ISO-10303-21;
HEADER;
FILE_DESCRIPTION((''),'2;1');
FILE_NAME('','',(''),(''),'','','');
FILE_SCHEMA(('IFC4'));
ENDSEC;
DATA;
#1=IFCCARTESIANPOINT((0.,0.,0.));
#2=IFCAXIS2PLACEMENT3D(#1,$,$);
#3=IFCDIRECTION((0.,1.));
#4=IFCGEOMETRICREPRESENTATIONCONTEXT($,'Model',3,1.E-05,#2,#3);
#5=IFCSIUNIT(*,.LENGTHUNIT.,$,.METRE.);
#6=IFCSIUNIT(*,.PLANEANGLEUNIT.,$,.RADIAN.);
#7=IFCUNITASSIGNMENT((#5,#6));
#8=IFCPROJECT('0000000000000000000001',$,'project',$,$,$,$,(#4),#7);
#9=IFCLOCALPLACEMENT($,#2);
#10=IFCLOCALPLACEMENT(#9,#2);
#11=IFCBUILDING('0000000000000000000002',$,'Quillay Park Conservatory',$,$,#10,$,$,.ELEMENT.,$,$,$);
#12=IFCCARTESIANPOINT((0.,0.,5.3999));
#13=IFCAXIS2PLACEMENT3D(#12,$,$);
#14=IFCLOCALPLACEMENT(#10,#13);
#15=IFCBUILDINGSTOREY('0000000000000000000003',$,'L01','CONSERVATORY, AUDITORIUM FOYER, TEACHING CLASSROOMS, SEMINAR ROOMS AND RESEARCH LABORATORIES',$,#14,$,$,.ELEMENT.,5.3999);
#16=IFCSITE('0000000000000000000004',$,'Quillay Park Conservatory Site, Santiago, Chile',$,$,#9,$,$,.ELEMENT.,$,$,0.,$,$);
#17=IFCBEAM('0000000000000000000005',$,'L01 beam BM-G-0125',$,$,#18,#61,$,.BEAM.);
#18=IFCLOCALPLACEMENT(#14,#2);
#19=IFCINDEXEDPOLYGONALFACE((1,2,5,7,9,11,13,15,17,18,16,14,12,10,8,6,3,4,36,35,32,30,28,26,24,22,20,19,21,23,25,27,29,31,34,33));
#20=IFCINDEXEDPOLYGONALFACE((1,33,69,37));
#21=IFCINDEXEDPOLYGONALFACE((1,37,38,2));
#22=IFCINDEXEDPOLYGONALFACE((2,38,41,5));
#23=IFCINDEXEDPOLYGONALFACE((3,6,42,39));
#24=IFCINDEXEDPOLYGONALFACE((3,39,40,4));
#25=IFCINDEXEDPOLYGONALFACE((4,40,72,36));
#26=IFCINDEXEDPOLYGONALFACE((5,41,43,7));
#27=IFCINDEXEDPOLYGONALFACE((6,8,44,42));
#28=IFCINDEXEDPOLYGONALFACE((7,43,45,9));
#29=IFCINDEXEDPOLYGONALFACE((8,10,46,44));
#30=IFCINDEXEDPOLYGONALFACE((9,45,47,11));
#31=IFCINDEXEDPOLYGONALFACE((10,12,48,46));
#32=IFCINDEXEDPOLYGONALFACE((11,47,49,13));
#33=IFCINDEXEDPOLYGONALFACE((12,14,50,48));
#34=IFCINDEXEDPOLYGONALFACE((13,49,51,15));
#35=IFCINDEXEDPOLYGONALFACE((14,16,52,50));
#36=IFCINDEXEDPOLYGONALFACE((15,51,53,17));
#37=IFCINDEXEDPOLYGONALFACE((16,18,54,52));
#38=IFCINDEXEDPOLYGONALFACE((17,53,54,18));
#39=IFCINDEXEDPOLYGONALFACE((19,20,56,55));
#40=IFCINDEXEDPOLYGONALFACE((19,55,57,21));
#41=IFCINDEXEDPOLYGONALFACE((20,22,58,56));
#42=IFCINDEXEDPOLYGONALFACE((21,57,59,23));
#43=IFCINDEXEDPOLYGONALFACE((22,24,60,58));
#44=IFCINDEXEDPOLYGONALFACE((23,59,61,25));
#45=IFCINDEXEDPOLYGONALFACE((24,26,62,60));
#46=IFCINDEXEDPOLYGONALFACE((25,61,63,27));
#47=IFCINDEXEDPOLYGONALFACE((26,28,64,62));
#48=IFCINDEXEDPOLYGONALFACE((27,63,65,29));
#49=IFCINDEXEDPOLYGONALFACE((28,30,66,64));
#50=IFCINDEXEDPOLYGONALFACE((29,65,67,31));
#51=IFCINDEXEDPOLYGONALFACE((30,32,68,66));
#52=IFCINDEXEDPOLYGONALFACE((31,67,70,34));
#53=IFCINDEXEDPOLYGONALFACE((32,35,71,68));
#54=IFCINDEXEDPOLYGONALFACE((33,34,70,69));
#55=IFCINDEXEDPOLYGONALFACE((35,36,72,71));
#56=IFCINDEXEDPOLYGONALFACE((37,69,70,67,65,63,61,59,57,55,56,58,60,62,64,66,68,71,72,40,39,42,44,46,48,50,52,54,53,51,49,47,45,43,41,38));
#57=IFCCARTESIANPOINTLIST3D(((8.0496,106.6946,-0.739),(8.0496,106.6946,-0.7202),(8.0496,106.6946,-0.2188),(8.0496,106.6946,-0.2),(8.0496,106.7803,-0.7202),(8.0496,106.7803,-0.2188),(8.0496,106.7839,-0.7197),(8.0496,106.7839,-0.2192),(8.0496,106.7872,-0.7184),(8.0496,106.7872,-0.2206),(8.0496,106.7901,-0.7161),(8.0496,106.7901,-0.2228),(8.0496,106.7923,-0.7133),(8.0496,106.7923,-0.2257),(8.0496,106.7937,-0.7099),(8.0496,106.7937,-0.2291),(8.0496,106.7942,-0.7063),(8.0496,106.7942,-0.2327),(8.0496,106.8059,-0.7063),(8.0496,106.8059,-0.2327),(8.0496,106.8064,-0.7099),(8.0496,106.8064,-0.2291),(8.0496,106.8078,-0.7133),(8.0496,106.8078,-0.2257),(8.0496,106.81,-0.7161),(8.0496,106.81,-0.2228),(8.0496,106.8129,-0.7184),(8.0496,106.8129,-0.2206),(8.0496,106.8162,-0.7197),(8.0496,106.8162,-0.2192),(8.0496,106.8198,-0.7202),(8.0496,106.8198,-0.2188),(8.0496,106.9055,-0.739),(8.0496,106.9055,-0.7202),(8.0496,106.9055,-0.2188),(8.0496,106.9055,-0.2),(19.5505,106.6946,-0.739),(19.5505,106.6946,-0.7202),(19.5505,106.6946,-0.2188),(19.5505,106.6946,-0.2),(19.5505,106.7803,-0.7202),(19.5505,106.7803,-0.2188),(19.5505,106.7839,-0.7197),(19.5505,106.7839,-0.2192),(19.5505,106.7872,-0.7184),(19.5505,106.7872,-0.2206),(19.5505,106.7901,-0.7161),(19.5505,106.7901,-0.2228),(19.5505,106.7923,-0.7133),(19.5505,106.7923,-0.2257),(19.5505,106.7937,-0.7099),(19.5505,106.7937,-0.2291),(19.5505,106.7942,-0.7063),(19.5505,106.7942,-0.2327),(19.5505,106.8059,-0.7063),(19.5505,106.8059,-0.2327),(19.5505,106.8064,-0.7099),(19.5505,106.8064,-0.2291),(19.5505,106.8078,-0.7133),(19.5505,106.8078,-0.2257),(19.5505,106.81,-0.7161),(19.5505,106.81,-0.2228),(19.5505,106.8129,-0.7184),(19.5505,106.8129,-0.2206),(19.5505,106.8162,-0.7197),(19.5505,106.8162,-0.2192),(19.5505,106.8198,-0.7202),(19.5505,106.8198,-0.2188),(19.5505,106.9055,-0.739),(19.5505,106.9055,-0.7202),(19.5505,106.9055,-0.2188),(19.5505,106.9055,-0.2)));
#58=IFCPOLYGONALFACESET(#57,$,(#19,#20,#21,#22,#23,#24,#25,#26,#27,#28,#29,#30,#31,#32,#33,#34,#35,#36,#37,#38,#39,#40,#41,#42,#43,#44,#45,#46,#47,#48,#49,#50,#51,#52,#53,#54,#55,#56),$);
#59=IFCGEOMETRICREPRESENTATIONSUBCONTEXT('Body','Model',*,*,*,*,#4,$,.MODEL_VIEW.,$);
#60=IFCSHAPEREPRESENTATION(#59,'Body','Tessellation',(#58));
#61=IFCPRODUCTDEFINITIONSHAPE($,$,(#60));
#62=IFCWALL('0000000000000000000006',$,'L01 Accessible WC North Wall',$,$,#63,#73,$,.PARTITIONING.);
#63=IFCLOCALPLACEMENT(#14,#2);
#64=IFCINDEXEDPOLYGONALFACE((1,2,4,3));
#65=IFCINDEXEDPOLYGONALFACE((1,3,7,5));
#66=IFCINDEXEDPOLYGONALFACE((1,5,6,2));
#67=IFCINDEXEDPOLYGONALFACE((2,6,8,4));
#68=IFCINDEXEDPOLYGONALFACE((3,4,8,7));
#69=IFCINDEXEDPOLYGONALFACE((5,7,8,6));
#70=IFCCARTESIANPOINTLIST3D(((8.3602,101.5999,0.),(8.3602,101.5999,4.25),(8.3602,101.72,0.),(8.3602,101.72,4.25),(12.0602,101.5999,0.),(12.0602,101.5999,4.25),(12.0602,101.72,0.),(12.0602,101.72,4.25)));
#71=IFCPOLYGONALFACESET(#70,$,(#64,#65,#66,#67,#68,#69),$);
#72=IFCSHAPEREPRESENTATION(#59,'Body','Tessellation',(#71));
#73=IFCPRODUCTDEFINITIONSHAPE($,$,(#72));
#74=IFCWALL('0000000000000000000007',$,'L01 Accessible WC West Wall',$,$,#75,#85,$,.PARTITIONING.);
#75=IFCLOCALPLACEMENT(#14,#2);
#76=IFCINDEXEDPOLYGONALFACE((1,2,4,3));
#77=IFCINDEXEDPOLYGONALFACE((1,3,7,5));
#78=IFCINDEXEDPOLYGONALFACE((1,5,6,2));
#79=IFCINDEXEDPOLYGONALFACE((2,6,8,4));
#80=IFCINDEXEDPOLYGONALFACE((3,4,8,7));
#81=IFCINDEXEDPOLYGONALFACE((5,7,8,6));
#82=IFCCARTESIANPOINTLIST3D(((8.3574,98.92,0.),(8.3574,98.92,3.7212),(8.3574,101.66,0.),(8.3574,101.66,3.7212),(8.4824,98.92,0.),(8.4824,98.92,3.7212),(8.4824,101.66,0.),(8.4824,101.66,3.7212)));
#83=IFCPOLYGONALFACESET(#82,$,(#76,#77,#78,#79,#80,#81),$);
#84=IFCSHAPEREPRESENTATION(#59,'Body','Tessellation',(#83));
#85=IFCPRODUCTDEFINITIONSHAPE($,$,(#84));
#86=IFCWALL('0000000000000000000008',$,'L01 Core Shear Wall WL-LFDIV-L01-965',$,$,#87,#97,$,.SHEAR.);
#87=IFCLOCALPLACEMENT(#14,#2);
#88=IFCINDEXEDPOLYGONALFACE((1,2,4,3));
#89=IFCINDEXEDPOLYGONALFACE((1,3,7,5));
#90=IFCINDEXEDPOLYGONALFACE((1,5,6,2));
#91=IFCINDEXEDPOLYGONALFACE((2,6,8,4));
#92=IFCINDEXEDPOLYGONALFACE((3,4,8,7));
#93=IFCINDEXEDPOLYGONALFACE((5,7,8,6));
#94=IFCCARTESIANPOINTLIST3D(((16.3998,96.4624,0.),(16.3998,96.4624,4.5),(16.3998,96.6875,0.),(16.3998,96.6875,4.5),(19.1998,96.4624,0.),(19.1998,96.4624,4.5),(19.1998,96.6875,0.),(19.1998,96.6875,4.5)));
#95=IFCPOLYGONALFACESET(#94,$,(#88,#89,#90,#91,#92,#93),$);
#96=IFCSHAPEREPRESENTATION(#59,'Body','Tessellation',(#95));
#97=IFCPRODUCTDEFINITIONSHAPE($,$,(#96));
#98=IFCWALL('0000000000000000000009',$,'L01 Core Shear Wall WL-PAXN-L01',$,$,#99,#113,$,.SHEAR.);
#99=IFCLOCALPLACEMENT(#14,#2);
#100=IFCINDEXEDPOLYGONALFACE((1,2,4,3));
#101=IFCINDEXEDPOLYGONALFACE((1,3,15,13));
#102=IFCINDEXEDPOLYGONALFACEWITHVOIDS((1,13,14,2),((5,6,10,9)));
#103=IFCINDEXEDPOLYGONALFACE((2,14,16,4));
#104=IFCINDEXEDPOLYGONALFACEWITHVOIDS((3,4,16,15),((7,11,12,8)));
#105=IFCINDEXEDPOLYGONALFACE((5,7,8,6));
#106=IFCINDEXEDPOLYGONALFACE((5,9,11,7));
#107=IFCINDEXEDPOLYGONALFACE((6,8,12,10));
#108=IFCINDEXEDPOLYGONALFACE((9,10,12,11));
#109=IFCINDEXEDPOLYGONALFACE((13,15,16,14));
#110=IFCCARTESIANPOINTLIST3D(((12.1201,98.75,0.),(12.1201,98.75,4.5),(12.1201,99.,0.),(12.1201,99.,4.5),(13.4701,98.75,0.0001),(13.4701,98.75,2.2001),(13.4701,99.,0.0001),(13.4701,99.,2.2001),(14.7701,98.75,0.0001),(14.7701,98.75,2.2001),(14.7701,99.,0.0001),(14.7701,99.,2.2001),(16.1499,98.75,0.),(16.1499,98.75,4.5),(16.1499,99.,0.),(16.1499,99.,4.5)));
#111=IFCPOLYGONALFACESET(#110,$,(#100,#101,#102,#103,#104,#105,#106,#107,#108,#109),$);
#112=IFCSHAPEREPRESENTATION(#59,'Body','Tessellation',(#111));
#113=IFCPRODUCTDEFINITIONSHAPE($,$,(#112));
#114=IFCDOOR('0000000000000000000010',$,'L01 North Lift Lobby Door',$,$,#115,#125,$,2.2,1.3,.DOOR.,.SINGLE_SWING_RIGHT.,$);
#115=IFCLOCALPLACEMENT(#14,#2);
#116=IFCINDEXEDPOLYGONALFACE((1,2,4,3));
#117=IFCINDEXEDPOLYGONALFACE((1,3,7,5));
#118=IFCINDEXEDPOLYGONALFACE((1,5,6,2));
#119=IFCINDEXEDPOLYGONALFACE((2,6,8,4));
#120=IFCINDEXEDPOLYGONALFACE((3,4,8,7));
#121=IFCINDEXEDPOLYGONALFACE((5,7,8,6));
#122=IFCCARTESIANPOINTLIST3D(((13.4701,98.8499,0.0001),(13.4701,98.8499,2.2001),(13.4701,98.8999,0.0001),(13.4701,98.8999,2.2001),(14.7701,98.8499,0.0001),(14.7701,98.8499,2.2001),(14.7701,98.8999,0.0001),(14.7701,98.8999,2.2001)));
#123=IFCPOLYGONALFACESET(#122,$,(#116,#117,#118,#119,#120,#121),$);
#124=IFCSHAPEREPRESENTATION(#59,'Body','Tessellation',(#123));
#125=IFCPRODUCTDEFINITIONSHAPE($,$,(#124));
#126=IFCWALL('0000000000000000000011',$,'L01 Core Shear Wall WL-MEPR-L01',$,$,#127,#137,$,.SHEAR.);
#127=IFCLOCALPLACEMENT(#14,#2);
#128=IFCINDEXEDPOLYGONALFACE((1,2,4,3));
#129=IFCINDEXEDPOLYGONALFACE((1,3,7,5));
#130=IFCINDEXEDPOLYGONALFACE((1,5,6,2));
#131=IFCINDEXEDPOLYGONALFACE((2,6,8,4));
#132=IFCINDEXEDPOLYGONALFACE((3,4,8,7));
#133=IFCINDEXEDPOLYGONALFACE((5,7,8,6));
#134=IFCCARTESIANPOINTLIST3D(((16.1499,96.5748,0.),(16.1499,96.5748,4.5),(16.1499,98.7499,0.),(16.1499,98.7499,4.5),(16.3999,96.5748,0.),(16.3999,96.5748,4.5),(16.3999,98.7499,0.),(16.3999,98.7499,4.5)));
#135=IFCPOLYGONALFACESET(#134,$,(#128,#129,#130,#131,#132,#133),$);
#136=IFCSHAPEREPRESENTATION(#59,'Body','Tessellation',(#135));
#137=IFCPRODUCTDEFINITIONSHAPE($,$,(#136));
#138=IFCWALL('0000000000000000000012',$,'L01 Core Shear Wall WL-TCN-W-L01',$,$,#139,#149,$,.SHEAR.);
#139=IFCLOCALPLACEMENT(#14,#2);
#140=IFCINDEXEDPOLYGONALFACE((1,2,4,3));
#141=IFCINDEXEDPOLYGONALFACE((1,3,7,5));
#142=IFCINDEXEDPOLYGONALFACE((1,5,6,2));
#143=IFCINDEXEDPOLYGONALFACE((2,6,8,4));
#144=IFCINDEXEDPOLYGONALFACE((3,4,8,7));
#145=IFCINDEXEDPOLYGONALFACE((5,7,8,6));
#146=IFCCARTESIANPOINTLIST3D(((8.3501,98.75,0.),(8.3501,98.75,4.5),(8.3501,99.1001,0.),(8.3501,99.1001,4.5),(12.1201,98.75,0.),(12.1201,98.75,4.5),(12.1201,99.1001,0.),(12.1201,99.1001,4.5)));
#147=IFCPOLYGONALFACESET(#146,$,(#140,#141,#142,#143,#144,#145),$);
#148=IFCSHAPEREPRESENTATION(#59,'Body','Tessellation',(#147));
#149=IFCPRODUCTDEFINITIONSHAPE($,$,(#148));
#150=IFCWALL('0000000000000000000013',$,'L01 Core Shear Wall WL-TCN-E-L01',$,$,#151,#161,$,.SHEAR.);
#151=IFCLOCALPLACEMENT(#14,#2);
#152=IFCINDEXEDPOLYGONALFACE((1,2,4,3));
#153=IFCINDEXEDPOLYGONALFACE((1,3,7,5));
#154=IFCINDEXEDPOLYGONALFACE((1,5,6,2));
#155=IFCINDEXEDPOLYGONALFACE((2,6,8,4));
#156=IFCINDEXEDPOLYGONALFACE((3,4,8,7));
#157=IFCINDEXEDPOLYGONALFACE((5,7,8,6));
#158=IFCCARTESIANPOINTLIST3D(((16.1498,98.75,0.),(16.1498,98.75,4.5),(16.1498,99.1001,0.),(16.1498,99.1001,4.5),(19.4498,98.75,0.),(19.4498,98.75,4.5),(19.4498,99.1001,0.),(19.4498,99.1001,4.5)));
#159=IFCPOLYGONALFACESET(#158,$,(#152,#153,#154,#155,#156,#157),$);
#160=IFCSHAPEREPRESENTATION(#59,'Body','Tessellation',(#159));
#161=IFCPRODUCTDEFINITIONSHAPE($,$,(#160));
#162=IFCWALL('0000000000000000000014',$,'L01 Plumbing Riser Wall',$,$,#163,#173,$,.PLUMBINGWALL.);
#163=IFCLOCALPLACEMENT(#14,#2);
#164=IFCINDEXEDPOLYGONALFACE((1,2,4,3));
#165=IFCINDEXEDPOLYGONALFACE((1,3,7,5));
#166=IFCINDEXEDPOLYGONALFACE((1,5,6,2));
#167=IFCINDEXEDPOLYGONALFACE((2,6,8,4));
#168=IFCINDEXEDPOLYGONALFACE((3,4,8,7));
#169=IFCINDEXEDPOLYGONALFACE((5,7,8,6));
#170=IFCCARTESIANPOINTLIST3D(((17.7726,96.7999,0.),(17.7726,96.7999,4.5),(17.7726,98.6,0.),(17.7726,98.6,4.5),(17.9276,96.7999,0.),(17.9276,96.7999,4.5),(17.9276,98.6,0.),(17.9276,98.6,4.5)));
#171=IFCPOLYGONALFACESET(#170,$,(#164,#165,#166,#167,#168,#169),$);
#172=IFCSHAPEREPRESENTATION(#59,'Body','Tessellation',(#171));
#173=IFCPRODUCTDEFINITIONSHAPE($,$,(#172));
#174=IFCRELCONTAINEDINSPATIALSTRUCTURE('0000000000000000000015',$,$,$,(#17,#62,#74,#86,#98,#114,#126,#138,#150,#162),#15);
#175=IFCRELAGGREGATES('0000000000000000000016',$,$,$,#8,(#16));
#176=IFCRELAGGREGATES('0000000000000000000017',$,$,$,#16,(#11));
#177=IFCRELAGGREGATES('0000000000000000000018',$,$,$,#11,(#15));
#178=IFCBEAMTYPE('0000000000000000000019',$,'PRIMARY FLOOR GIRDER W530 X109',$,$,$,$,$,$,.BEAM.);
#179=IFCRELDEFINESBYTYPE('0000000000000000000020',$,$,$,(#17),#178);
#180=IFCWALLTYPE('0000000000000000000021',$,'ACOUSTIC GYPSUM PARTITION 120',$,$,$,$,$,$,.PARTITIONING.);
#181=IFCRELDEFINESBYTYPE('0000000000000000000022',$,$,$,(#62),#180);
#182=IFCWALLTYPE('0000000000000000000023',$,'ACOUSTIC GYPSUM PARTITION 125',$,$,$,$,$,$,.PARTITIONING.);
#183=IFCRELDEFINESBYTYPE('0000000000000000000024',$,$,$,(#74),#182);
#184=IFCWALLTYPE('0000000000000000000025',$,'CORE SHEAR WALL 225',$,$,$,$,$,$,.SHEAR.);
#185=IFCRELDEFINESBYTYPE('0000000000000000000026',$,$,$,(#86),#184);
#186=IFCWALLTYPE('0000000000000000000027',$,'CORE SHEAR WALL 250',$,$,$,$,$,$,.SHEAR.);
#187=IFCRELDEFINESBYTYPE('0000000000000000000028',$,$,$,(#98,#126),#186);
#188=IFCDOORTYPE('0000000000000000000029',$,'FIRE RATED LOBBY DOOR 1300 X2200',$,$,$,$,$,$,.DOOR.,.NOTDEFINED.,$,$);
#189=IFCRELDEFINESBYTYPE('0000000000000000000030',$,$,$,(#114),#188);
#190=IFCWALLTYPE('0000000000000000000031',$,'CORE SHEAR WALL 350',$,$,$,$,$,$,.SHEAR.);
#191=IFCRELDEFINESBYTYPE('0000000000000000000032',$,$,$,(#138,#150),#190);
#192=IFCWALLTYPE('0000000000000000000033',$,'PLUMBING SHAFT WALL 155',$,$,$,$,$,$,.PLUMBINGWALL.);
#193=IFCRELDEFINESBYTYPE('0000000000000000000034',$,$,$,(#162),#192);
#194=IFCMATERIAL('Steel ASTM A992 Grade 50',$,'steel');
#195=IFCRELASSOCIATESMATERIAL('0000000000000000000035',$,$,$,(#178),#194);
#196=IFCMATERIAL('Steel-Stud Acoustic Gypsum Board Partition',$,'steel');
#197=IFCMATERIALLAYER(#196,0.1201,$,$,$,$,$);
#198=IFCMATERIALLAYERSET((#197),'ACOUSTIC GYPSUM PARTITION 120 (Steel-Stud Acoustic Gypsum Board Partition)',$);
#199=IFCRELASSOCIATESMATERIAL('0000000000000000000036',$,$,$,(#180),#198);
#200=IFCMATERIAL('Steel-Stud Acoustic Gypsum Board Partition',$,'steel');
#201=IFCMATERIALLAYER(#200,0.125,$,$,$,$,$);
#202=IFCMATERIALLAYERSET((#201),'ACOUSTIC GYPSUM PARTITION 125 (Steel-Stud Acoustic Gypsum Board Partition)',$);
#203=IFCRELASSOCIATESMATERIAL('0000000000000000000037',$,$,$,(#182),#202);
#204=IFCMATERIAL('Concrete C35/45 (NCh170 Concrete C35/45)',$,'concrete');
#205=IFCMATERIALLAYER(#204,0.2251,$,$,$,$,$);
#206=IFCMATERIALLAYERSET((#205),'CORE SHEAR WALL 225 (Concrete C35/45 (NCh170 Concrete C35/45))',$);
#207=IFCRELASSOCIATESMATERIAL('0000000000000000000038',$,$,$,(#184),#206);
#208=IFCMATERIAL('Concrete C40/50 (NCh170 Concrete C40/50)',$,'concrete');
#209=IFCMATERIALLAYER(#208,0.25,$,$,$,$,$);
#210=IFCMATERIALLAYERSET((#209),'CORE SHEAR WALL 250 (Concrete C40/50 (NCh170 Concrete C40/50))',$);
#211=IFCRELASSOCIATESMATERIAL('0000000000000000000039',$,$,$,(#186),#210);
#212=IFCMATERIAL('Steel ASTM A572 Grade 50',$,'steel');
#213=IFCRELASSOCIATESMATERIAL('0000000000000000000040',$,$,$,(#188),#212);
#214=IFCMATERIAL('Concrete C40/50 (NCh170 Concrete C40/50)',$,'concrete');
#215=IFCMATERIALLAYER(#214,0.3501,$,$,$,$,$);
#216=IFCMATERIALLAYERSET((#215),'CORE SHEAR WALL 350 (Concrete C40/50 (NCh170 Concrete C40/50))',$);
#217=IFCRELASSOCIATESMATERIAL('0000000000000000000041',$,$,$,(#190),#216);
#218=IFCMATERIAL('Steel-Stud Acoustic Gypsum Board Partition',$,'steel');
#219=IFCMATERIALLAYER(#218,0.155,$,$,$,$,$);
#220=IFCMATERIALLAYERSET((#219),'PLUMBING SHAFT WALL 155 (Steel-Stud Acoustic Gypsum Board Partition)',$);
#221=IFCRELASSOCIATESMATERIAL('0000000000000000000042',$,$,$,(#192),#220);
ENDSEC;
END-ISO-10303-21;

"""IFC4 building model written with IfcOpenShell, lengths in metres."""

from ifc_helpers import new_model, si_unit, direction, frame, frame_2d, origin, origin_2d, place, context, subcontext, project, spatial, rectangle, i_section, extrude, material, layer, layer_set, material_profile, profile_set, type_object, element, fill, save


model = new_model("IFC4")

# Units and contexts
model_context = context("Model", 3, precision=1e-05, world=origin(), true_north=direction((0.0, 1.0)))
body_context = subcontext(model_context, "Body", "Model", "MODEL_VIEW")
ifc_project = project(units=[si_unit("LENGTHUNIT", "METRE"), si_unit("PLANEANGLEUNIT", "RADIAN")], contexts=[model_context])

# Site, building, storey
site_placement = place(None, origin())
site = spatial("IfcSite", under=ifc_project, at=site_placement, Name="Quillay Park Conservatory Site, Santiago, Chile", CompositionType="ELEMENT", RefElevation=0.0)
building_placement = place(site_placement, origin())
building = spatial("IfcBuilding", under=site, at=building_placement, Name="Quillay Park Conservatory", CompositionType="ELEMENT")
storey_placement = place(building_placement, frame((0.0, 0.0, 5.3999)))
storey = spatial("IfcBuildingStorey", under=building, at=storey_placement, Name="L01", Description="CONSERVATORY, AUDITORIUM FOYER, TEACHING CLASSROOMS, SEMINAR ROOMS AND RESEARCH LABORATORIES", CompositionType="ELEMENT", Elevation=5.3999)

# Beam
ifc_material_1 = material(Name="Steel ASTM A992 Grade 50", Category="steel")
ifc_material_profile_1 = material_profile(ifc_material_1, i_section(OverallWidth=0.2109, OverallDepth=0.5391, WebThickness=0.0117, FlangeThickness=0.0188, FilletRadius=0.0139, at=origin_2d()), Name="W530x109")
ifc_profile_set_1 = profile_set([ifc_material_profile_1], Name="Steel ASTM A992 Grade 50")
beam_type_1 = type_object("IfcBeamType", Name="PRIMARY FLOOR GIRDER W530 X109", PredefinedType="BEAM", material=ifc_profile_set_1)
beam_1_placement = place(storey_placement, frame((8.0496, 106.8, -0.4695), z_axis=(1.0, 0.0, 0.0), x_axis=(0.0, 1.0, 0.0)))
element("IfcBeam", 1, at=beam_1_placement, inside=storey, type_object=beam_type_1, Name="L01 beam BM-G-0125", PredefinedType="BEAM", context=body_context, shape_type="SweptSolid", body=[
    extrude(i_section(OverallWidth=0.2109, OverallDepth=0.5391, WebThickness=0.0117, FlangeThickness=0.0188, FilletRadius=0.0139, at=origin_2d()), origin(), (0.0, 0.0, 1.0), 11.501),
])

# Walls
ifc_material_2 = material(Name="Steel-Stud Acoustic Gypsum Board Partition", Category="steel")
ifc_layer_1 = layer(ifc_material_2, 0.1201)
ifc_layer_set_1 = layer_set([ifc_layer_1], Name="ACOUSTIC GYPSUM PARTITION 120 (Steel-Stud Acoustic Gypsum Board Partition)")
wall_type_1 = type_object("IfcWallType", Name="ACOUSTIC GYPSUM PARTITION 120", PredefinedType="PARTITIONING", material=ifc_layer_set_1)
wall_1_placement = place(storey_placement, frame((8.3601, 101.6599, 0.0), z_axis=(0.0, 0.0, 1.0), x_axis=(1.0, 0.0, 0.0)))
element("IfcWall", 2, at=wall_1_placement, inside=storey, type_object=wall_type_1, Name="L01 Accessible WC North Wall", PredefinedType="PARTITIONING", context=body_context, shape_type="SweptSolid", body=[
    extrude(rectangle(XDim=3.7, YDim=0.1201, at=frame_2d((1.8501, 0.0))), origin(), (0.0, 0.0, 1.0), 4.25),
])
ifc_material_3 = material(Name="Steel-Stud Acoustic Gypsum Board Partition", Category="steel")
ifc_layer_2 = layer(ifc_material_3, 0.125)
ifc_layer_set_2 = layer_set([ifc_layer_2], Name="ACOUSTIC GYPSUM PARTITION 125 (Steel-Stud Acoustic Gypsum Board Partition)")
wall_type_2 = type_object("IfcWallType", Name="ACOUSTIC GYPSUM PARTITION 125", PredefinedType="PARTITIONING", material=ifc_layer_set_2)
wall_2_placement = place(storey_placement, frame((8.4199, 98.9199, 0.0), z_axis=(0.0, 0.0, 1.0), x_axis=(0.0, 1.0, 0.0)))
element("IfcWall", 3, at=wall_2_placement, inside=storey, type_object=wall_type_2, Name="L01 Accessible WC West Wall", PredefinedType="PARTITIONING", context=body_context, shape_type="SweptSolid", body=[
    extrude(rectangle(XDim=2.74, YDim=0.125, at=frame_2d((1.3701, 0.0))), origin(), (0.0, 0.0, 1.0), 3.7212),
])
ifc_material_4 = material(Name="Concrete C35/45 (NCh170 Concrete C35/45)", Category="concrete")
ifc_layer_3 = layer(ifc_material_4, 0.2251)
ifc_layer_set_3 = layer_set([ifc_layer_3], Name="CORE SHEAR WALL 225 (Concrete C35/45 (NCh170 Concrete C35/45))")
wall_type_3 = type_object("IfcWallType", Name="CORE SHEAR WALL 225", PredefinedType="SHEAR", material=ifc_layer_set_3)
wall_3_placement = place(storey_placement, frame((16.3999, 96.575, 0.0), z_axis=(0.0, 0.0, 1.0), x_axis=(1.0, 0.0, 0.0)))
element("IfcWall", 4, at=wall_3_placement, inside=storey, type_object=wall_type_3, Name="L01 Core Shear Wall WL-LFDIV-L01-965", PredefinedType="SHEAR", context=body_context, shape_type="SweptSolid", body=[
    extrude(rectangle(XDim=2.8, YDim=0.2251, at=frame_2d((1.3999, 0.0))), origin(), (0.0, 0.0, 1.0), 4.5),
])

# Wall, opening, door
ifc_material_5 = material(Name="Concrete C40/50 (NCh170 Concrete C40/50)", Category="concrete")
ifc_layer_4 = layer(ifc_material_5, 0.25)
ifc_layer_set_4 = layer_set([ifc_layer_4], Name="CORE SHEAR WALL 250 (Concrete C40/50 (NCh170 Concrete C40/50))")
wall_type_4 = type_object("IfcWallType", Name="CORE SHEAR WALL 250", PredefinedType="SHEAR", material=ifc_layer_set_4)
wall_4_placement = place(storey_placement, frame((12.1201, 98.875, 0.0), z_axis=(0.0, 0.0, 1.0), x_axis=(1.0, 0.0, 0.0)))
wall_4 = element("IfcWall", 5, at=wall_4_placement, inside=storey, type_object=wall_type_4, Name="L01 Core Shear Wall WL-PAXN-L01", PredefinedType="SHEAR", context=body_context, shape_type="SweptSolid", body=[
    extrude(rectangle(XDim=4.0298, YDim=0.25, at=frame_2d((2.0149, 0.0))), origin(), (0.0, 0.0, 1.0), 4.5),
])
opening_1_placement = place(wall_4_placement, frame((1.3501, 0.0, 0.0)))
opening_1 = element("IfcOpeningElement", 6, at=opening_1_placement, cuts=wall_4, PredefinedType="OPENING", context=body_context, shape_type="SweptSolid", body=[
    extrude(rectangle(XDim=1.3, YDim=2.2, at=frame_2d((0.6499, 1.1001))), frame((0.0, 0.125, 0.0), z_axis=(0.0, -1.0, 0.0), x_axis=(1.0, 0.0, 0.0)), (0.0, 0.0, 1.0), 0.25),
])
ifc_material_6 = material(Name="Steel ASTM A572 Grade 50", Category="steel")
door_type_1 = type_object("IfcDoorType", Name="FIRE RATED LOBBY DOOR 1300 X2200", OperationType="NOTDEFINED", PredefinedType="DOOR", material=ifc_material_6)
door_1_placement = place(opening_1_placement, origin())
door_1 = element("IfcDoor", 7, at=door_1_placement, inside=storey, type_object=door_type_1, Name="L01 North Lift Lobby Door", OperationType="SINGLE_SWING_RIGHT", OverallHeight=2.2, OverallWidth=1.3, PredefinedType="DOOR", context=body_context, shape_type="SweptSolid", body=[
    extrude(rectangle(XDim=1.3, YDim=2.2, at=frame_2d((0.6499, 1.1001))), frame((0.0, 0.0249, 0.0), z_axis=(0.0, -1.0, 0.0), x_axis=(1.0, 0.0, 0.0)), (0.0, 0.0, 1.0), 0.05),
])
fill(opening_1, door_1)

# Walls
wall_5_placement = place(storey_placement, frame((16.2749, 96.575, 0.0), z_axis=(0.0, 0.0, 1.0), x_axis=(0.0, 1.0, 0.0)))
element("IfcWall", 8, at=wall_5_placement, inside=storey, type_object=wall_type_4, Name="L01 Core Shear Wall WL-MEPR-L01", PredefinedType="SHEAR", context=body_context, shape_type="SweptSolid", body=[
    extrude(rectangle(XDim=2.175, YDim=0.25, at=frame_2d((1.0874, 0.0))), origin(), (0.0, 0.0, 1.0), 4.5),
])
ifc_material_7 = material(Name="Concrete C40/50 (NCh170 Concrete C40/50)", Category="concrete")
ifc_layer_5 = layer(ifc_material_7, 0.3501)
ifc_layer_set_5 = layer_set([ifc_layer_5], Name="CORE SHEAR WALL 350 (Concrete C40/50 (NCh170 Concrete C40/50))")
wall_type_5 = type_object("IfcWallType", Name="CORE SHEAR WALL 350", PredefinedType="SHEAR", material=ifc_layer_set_5)
wall_6_placement = place(storey_placement, frame((8.3501, 98.925, 0.0), z_axis=(0.0, 0.0, 1.0), x_axis=(1.0, 0.0, 0.0)))
element("IfcWall", 9, at=wall_6_placement, inside=storey, type_object=wall_type_5, Name="L01 Core Shear Wall WL-TCN-W-L01", PredefinedType="SHEAR", context=body_context, shape_type="SweptSolid", body=[
    extrude(rectangle(XDim=3.77, YDim=0.3501, at=frame_2d((1.885, 0.0))), origin(), (0.0, 0.0, 1.0), 4.5),
])
wall_7_placement = place(storey_placement, frame((16.1499, 98.925, 0.0), z_axis=(0.0, 0.0, 1.0), x_axis=(1.0, 0.0, 0.0)))
element("IfcWall", 10, at=wall_7_placement, inside=storey, type_object=wall_type_5, Name="L01 Core Shear Wall WL-TCN-E-L01", PredefinedType="SHEAR", context=body_context, shape_type="SweptSolid", body=[
    extrude(rectangle(XDim=3.3, YDim=0.3501, at=frame_2d((1.6499, 0.0))), origin(), (0.0, 0.0, 1.0), 4.5),
])
ifc_material_8 = material(Name="Steel-Stud Acoustic Gypsum Board Partition", Category="steel")
ifc_layer_6 = layer(ifc_material_8, 0.155)
ifc_layer_set_6 = layer_set([ifc_layer_6], Name="PLUMBING SHAFT WALL 155 (Steel-Stud Acoustic Gypsum Board Partition)")
wall_type_6 = type_object("IfcWallType", Name="PLUMBING SHAFT WALL 155", PredefinedType="PLUMBINGWALL", material=ifc_layer_set_6)
wall_8_placement = place(storey_placement, frame((17.8501, 96.8, 0.0), z_axis=(0.0, 0.0, 1.0), x_axis=(0.0, 1.0, 0.0)))
element("IfcWall", 11, at=wall_8_placement, inside=storey, type_object=wall_type_6, Name="L01 Plumbing Riser Wall", PredefinedType="PLUMBINGWALL", context=body_context, shape_type="SweptSolid", body=[
    extrude(rectangle(XDim=1.8, YDim=0.155, at=frame_2d((0.8999, 0.0))), origin(), (0.0, 0.0, 1.0), 4.5),
])

save(model, "model.ifc")
